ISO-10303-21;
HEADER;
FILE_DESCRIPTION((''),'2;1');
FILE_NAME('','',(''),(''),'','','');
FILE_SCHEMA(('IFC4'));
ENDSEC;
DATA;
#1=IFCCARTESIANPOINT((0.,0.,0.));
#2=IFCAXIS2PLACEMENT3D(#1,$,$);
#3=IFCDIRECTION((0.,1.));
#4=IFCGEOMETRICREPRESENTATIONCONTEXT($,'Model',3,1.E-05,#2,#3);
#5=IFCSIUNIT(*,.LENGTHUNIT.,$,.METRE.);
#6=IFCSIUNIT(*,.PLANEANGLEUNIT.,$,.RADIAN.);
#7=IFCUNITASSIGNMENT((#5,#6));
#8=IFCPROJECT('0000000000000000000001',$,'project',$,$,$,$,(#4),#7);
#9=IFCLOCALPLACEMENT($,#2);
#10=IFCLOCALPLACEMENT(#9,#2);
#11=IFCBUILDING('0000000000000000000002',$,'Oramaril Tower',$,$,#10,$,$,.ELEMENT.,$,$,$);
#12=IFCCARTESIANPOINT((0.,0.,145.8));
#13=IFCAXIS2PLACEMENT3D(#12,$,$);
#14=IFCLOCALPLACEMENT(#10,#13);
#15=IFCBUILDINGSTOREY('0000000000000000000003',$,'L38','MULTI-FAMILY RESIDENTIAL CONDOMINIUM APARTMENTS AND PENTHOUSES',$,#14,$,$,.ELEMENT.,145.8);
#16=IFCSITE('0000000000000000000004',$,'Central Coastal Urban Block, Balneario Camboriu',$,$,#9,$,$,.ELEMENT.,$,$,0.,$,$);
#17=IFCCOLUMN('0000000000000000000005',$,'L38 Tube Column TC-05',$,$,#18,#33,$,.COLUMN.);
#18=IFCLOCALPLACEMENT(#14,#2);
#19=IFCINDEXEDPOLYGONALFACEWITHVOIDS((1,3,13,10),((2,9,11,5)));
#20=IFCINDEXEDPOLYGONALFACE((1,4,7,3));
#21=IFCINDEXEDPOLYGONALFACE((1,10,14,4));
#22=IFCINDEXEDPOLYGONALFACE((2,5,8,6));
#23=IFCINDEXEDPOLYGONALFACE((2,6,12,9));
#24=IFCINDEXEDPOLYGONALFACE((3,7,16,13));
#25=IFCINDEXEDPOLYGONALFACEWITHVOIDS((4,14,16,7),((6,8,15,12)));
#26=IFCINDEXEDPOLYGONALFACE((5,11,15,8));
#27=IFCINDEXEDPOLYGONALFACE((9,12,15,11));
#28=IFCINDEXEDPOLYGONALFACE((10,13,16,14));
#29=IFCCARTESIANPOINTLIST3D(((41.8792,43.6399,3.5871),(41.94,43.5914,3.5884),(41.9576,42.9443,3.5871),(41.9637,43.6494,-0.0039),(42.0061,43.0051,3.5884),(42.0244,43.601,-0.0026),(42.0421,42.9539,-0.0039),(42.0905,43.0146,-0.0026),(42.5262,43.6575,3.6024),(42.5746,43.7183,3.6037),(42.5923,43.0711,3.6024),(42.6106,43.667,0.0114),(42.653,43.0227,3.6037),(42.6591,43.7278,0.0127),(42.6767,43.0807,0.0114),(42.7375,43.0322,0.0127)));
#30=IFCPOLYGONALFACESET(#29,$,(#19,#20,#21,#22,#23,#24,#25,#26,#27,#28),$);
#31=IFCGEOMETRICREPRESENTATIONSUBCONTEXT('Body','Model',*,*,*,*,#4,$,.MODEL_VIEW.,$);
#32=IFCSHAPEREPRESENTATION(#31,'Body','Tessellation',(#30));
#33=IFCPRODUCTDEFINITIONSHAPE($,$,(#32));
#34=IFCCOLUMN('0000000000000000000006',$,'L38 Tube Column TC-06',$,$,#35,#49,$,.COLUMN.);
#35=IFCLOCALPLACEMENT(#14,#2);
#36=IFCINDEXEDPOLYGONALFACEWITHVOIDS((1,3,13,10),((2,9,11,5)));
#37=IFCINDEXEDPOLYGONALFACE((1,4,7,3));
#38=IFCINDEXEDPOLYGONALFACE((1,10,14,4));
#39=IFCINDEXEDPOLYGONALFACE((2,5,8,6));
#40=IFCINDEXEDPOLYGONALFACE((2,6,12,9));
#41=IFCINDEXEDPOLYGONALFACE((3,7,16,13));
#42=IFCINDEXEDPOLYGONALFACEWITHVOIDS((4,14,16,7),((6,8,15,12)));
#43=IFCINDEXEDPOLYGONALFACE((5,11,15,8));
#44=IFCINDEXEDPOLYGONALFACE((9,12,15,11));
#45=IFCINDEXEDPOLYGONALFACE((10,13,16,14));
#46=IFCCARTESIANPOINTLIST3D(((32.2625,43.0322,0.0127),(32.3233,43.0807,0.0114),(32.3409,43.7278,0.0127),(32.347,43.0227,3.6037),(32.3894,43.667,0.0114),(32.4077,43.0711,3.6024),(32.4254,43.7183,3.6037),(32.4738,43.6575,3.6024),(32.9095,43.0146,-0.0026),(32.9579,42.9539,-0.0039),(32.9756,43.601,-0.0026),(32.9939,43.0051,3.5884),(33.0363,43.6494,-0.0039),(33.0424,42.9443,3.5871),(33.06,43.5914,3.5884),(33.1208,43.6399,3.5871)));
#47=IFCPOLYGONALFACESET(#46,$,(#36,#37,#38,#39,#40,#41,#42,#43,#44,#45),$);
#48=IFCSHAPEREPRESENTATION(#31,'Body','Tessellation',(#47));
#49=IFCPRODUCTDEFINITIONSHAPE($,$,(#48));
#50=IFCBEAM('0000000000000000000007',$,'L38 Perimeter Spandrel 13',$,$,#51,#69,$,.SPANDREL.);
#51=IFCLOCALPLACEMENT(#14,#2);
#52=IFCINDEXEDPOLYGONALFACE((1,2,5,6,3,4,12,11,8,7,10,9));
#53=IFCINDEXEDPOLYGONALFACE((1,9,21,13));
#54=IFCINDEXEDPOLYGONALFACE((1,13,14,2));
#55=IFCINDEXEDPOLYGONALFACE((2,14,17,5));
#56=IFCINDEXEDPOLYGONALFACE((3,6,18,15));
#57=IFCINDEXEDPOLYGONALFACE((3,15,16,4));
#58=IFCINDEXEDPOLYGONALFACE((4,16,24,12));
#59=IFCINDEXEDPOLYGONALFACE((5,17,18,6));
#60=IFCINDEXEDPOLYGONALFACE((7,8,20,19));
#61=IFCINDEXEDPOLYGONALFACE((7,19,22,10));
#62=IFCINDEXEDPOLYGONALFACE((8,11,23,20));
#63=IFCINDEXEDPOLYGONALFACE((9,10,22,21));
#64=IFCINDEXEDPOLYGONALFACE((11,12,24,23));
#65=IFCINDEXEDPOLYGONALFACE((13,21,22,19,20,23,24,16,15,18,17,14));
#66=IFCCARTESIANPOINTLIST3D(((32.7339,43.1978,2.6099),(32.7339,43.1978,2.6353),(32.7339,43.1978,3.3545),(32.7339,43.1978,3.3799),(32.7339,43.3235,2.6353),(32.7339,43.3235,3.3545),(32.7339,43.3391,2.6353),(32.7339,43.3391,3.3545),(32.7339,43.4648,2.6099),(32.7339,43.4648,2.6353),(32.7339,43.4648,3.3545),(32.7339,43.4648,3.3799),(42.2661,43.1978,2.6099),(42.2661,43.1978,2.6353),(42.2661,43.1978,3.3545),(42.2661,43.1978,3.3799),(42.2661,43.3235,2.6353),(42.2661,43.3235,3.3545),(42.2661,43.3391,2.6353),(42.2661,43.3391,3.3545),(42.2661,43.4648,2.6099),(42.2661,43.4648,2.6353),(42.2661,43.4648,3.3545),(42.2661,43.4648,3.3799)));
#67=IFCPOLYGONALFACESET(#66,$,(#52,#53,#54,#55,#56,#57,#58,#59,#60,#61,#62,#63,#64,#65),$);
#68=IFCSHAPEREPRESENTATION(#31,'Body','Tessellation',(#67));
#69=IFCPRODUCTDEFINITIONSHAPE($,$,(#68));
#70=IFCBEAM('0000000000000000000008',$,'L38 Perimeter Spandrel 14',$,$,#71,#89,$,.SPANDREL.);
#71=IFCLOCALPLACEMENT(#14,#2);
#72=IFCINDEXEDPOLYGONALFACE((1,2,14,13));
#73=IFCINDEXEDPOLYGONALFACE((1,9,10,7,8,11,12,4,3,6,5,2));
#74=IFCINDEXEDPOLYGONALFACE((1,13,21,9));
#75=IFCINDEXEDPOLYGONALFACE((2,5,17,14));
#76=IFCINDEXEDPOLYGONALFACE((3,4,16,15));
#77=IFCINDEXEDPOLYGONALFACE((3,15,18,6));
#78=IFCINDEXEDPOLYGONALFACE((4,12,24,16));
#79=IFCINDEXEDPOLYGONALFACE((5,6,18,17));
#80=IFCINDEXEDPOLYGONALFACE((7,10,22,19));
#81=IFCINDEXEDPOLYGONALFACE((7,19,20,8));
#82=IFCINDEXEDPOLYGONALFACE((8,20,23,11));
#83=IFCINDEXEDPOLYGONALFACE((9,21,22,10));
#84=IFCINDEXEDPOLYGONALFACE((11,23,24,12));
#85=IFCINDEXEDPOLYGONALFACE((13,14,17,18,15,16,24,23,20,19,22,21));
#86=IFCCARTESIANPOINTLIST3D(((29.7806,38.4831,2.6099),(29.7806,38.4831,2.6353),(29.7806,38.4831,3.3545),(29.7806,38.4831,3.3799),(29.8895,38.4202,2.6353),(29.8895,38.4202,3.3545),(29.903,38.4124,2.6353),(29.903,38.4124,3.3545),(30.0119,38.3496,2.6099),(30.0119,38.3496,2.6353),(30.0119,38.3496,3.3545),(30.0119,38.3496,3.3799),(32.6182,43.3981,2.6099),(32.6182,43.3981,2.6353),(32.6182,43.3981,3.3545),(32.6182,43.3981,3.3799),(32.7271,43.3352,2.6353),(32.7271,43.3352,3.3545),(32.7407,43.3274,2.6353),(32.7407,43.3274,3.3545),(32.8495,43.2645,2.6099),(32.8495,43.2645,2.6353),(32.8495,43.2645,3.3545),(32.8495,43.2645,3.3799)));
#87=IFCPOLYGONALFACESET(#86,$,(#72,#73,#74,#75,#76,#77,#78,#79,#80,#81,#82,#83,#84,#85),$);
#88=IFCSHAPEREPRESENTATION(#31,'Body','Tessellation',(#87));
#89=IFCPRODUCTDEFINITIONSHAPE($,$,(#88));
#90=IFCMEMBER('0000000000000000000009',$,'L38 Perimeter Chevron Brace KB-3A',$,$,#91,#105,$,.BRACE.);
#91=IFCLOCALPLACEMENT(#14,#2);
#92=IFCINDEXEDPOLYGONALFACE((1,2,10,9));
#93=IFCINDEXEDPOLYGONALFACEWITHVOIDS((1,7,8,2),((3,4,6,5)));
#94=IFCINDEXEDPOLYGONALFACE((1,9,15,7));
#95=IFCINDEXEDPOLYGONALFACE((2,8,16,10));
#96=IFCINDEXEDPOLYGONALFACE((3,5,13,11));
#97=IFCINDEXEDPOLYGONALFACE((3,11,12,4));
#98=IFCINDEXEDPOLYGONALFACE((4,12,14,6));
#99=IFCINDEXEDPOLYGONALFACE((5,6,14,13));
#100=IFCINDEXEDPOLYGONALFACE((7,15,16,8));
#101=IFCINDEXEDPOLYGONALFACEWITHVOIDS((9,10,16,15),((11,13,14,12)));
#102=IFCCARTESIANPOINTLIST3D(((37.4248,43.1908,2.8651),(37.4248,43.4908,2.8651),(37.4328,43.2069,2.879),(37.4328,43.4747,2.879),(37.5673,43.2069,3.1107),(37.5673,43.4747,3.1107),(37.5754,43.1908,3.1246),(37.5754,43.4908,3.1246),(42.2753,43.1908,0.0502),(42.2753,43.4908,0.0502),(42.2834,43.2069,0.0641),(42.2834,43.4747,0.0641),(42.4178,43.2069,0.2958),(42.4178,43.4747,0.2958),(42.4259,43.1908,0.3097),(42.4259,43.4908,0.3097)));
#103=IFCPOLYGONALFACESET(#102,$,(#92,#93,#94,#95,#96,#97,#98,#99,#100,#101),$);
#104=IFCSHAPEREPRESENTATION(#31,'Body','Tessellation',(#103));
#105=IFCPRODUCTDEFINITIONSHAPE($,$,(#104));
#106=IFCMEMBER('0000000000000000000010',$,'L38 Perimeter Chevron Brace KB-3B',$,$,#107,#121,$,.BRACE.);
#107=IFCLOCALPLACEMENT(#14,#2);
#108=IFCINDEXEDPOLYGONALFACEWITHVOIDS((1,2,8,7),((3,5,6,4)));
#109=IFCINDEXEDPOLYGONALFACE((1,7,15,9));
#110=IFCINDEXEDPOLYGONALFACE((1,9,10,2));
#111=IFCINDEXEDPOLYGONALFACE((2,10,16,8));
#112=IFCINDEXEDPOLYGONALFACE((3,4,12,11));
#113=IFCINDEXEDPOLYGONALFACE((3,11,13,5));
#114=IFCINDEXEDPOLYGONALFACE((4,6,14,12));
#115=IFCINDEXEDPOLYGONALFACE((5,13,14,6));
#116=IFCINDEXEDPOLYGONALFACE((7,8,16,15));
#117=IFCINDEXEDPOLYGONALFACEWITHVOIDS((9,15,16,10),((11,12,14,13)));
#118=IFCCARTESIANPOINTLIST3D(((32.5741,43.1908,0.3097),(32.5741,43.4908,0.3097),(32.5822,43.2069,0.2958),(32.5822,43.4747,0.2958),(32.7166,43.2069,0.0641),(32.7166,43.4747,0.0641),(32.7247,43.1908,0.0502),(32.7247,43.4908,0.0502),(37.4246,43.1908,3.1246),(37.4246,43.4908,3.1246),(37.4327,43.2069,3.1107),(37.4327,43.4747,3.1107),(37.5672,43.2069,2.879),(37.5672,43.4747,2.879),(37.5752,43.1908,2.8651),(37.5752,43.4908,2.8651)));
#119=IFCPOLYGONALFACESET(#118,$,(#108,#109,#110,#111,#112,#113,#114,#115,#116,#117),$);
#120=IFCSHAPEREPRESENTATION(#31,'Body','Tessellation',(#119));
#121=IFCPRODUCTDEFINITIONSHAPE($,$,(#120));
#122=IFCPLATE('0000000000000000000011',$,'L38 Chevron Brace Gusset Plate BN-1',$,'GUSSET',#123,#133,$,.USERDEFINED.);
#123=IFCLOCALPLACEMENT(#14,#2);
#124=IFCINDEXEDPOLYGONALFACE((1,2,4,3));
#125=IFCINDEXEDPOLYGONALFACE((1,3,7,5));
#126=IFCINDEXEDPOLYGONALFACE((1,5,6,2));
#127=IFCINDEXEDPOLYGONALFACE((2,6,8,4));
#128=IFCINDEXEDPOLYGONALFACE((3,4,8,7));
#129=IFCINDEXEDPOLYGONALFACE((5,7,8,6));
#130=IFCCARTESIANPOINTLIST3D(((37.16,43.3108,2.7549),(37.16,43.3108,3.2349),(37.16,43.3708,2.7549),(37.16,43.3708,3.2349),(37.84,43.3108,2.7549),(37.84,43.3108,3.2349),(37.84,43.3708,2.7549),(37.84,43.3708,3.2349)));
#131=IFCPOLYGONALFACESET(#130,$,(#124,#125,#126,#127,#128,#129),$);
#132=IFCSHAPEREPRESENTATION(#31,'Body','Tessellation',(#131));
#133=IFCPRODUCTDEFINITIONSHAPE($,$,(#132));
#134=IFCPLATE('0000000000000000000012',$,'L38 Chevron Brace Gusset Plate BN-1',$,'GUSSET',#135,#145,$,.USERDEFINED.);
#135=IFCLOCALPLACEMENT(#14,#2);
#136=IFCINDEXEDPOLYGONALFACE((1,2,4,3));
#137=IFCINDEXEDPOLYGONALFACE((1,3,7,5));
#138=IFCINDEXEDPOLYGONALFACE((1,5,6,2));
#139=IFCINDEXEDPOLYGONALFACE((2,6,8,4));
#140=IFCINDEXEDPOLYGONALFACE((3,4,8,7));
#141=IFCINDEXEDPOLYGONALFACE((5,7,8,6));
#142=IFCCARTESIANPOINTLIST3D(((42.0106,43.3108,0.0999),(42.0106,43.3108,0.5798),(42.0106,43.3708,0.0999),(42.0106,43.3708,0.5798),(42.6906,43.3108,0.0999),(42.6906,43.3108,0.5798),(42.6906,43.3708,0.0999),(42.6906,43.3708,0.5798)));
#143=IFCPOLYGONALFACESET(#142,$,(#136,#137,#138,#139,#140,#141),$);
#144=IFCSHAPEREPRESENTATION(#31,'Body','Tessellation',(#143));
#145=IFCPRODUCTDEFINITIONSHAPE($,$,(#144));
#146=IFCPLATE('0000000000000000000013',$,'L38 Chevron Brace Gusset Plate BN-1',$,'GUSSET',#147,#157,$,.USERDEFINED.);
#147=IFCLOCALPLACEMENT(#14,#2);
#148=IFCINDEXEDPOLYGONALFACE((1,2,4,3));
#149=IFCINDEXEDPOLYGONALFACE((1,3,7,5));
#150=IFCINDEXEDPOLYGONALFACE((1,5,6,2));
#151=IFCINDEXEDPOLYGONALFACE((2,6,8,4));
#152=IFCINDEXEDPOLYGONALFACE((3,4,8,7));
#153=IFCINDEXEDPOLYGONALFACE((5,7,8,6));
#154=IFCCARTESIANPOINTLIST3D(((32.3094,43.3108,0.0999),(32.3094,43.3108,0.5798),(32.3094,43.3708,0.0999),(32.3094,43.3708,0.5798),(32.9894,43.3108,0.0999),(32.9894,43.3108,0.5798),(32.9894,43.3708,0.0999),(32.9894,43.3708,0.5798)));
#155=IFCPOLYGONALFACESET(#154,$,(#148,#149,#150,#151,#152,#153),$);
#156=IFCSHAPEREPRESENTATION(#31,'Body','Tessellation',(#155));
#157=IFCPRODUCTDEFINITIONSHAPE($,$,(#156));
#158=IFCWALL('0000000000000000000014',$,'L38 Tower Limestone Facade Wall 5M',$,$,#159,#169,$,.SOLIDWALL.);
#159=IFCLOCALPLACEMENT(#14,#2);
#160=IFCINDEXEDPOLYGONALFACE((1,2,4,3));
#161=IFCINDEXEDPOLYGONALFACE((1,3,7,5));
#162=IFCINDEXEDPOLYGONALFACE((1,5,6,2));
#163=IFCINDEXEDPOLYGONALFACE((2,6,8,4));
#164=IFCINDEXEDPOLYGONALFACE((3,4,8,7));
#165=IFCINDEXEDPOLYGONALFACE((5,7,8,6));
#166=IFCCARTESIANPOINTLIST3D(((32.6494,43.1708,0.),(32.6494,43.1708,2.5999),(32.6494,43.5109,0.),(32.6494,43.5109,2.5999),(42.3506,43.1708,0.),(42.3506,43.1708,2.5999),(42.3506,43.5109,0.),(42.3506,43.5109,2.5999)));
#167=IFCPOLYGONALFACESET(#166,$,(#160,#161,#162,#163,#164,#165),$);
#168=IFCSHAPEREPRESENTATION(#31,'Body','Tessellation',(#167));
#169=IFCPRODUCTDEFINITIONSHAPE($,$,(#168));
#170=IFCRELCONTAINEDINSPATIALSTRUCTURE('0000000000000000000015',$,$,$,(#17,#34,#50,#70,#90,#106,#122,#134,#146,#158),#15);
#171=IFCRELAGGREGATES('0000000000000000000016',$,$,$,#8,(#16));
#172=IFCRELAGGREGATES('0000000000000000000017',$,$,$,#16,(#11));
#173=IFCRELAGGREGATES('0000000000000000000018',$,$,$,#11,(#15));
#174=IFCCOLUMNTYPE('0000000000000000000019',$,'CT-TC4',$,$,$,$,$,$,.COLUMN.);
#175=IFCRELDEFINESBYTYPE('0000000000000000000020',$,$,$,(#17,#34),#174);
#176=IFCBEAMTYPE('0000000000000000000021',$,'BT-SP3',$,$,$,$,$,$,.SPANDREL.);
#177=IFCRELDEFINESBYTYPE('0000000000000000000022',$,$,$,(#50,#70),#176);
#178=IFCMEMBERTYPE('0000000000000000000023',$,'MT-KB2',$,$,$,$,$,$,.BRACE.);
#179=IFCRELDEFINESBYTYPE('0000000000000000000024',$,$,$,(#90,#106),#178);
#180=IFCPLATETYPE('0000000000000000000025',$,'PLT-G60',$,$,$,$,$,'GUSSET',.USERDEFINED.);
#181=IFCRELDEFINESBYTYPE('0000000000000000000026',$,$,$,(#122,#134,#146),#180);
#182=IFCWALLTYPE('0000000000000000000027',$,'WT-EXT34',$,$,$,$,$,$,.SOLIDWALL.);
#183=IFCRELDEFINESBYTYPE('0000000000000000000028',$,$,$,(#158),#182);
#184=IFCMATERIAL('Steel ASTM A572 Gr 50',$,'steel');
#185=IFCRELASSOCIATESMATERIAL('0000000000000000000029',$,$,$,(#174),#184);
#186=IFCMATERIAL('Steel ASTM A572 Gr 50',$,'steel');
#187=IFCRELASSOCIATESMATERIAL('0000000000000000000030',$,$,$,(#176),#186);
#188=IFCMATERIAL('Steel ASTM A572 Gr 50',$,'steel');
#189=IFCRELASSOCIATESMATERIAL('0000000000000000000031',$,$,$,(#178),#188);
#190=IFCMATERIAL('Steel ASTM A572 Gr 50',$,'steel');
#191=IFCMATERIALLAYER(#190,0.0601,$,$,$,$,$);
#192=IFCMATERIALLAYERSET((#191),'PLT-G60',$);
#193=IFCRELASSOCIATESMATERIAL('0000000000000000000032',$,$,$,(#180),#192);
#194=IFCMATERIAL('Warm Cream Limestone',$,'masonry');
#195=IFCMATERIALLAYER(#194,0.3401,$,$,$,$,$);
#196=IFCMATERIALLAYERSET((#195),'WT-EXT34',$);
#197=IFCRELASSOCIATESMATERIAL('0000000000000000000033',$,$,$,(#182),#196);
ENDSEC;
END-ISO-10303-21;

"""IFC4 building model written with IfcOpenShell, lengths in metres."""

from ifc_helpers import new_model, si_unit, direction, frame, frame_2d, origin, origin_2d, place, context, subcontext, project, spatial, rectangle, hollow_rectangle, i_section, extrude, material, layer, layer_set, material_profile, profile_set, type_object, element, save


model = new_model("IFC4")

# Units and contexts
model_context = context("Model", 3, precision=1e-05, world=origin(), true_north=direction((0.0, 1.0)))
body_context = subcontext(model_context, "Body", "Model", "MODEL_VIEW")
ifc_project = project(units=[si_unit("LENGTHUNIT", "METRE"), si_unit("PLANEANGLEUNIT", "RADIAN")], contexts=[model_context])

# Site, building, storey
site_placement = place(None, origin())
site = spatial("IfcSite", under=ifc_project, at=site_placement, Name="Central Coastal Urban Block, Balneario Camboriu", CompositionType="ELEMENT", RefElevation=0.0)
building_placement = place(site_placement, origin())
building = spatial("IfcBuilding", under=site, at=building_placement, Name="Oramaril Tower", CompositionType="ELEMENT")
storey_placement = place(building_placement, frame((0.0, 0.0, 145.8)))
storey = spatial("IfcBuildingStorey", under=building, at=storey_placement, Name="L38", Description="MULTI-FAMILY RESIDENTIAL CONDOMINIUM APARTMENTS AND PENTHOUSES", CompositionType="ELEMENT", Elevation=145.8)

# Columns
ifc_material_1 = material(Name="Steel ASTM A572 Gr 50", Category="steel")
ifc_material_profile_1 = material_profile(ifc_material_1, hollow_rectangle(XDim=0.7, YDim=0.7, WallThickness=0.0549, at=origin_2d()), Name="BOX700X700X55")
ifc_profile_set_1 = profile_set([ifc_material_profile_1], Name="Steel ASTM A572 Gr 50")
column_type = type_object("IfcColumnType", Name="CT-TC4", PredefinedType="COLUMN", material=ifc_profile_set_1)
for number, where, z_axis, x_axis, name in (
    (1, (42.3506, 43.3408, 0.0044), (-0.023516, -0.002651, 0.99972), (0.112007, -0.993707, 0.0), "L38 Tube Column TC-05"),
    (2, (32.6494, 43.3408, 0.0044), (0.023516, -0.002651, 0.99972), (0.112007, 0.993707, 0.0), "L38 Tube Column TC-06"),
):
    element("IfcColumn", number, at=place(storey_placement, frame(where, z_axis=z_axis, x_axis=x_axis)), inside=storey, type_object=column_type, Name=name, PredefinedType="COLUMN", context=body_context, shape_type="SweptSolid", body=[
        extrude(hollow_rectangle(XDim=0.7, YDim=0.7, WallThickness=0.0549, at=origin_2d()), origin(), (0.0, 0.0, 1.0), 3.592),
    ])

# Beams
ifc_material_2 = material(Name="Steel ASTM A572 Gr 50", Category="steel")
ifc_material_profile_2 = material_profile(ifc_material_2, i_section(OverallWidth=0.2671, OverallDepth=0.77, WebThickness=0.0156, FlangeThickness=0.0254, at=origin_2d()), Name="W30X132")
ifc_profile_set_2 = profile_set([ifc_material_profile_2], Name="Steel ASTM A572 Gr 50")
beam_type = type_object("IfcBeamType", Name="BT-SP3", PredefinedType="SPANDREL", material=ifc_profile_set_2)
beam_1_placement = place(storey_placement, frame((42.2661, 43.3313, 2.9949), z_axis=(-1.0, 0.0, 0.0), x_axis=(0.0, -1.0, 0.0)))
element("IfcBeam", 3, at=beam_1_placement, inside=storey, type_object=beam_type, Name="L38 Perimeter Spandrel 13", PredefinedType="SPANDREL", context=body_context, shape_type="SweptSolid", body=[
    extrude(i_section(OverallWidth=0.2671, OverallDepth=0.77, WebThickness=0.0156, FlangeThickness=0.0254, at=origin_2d()), origin(), (0.0, 0.0, 1.0), 9.5322),
])
beam_2_placement = place(storey_placement, frame((32.7339, 43.3313, 2.9949), z_axis=(-0.499993, -0.866029, 0.0), x_axis=(0.866029, -0.499993, 0.0)))
element("IfcBeam", 4, at=beam_2_placement, inside=storey, type_object=beam_type, Name="L38 Perimeter Spandrel 14", PredefinedType="SPANDREL", context=body_context, shape_type="SweptSolid", body=[
    extrude(i_section(OverallWidth=0.2671, OverallDepth=0.77, WebThickness=0.0156, FlangeThickness=0.0254, at=origin_2d()), origin(), (0.0, 0.0, 1.0), 5.6753),
])

# Members
ifc_material_3 = material(Name="Steel ASTM A572 Gr 50", Category="steel")
ifc_material_profile_3 = material_profile(ifc_material_3, hollow_rectangle(XDim=0.3, YDim=0.3, WallThickness=0.0161, at=origin_2d()), Name="HSS300X300X16")
ifc_profile_set_3 = profile_set([ifc_material_profile_3], Name="Steel ASTM A572 Gr 50")
member_type = type_object("IfcMemberType", Name="MT-KB2", PredefinedType="BRACE", material=ifc_profile_set_3)
for number, where, z_axis, x_axis, name in (
    (5, (42.3506, 43.3408, 0.1799), (-0.864907, 0.0, 0.501932), (0.0, -1.0, 0.0), "L38 Perimeter Chevron Brace KB-3A"),
    (6, (32.6494, 43.3408, 0.1799), (0.864907, 0.0, 0.501932), (0.0, 1.0, 0.0), "L38 Perimeter Chevron Brace KB-3B"),
):
    element("IfcMember", number, at=place(storey_placement, frame(where, z_axis=z_axis, x_axis=x_axis)), inside=storey, type_object=member_type, Name=name, PredefinedType="BRACE", context=body_context, shape_type="SweptSolid", body=[
        extrude(hollow_rectangle(XDim=0.3, YDim=0.3, WallThickness=0.0161, at=origin_2d()), origin(), (0.0, 0.0, 1.0), 5.6082),
    ])

# Plates
ifc_material_4 = material(Name="Steel ASTM A572 Gr 50", Category="steel")
ifc_layer_1 = layer(ifc_material_4, 0.0601)
ifc_layer_set_1 = layer_set([ifc_layer_1], Name="PLT-G60")
plate_type = type_object("IfcPlateType", Name="PLT-G60", ElementType="GUSSET", PredefinedType="USERDEFINED", material=ifc_layer_set_1)
for number, where, z_axis, x_axis, name in (
    (7, (37.5, 43.3408, 2.7549), (0.0, 0.0, 1.0), (-1.0, 0.0, 0.0), "L38 Chevron Brace Gusset Plate BN-1"),
    (8, (42.3506, 43.3408, 0.0999), (0.0, 0.0, 1.0), (-1.0, 0.0, 0.0), "L38 Chevron Brace Gusset Plate BN-1"),
    (9, (32.6494, 43.3408, 0.0999), (0.0, 0.0, 1.0), (-1.0, 0.0, 0.0), "L38 Chevron Brace Gusset Plate BN-1"),
):
    element("IfcPlate", number, at=place(storey_placement, frame(where, z_axis=z_axis, x_axis=x_axis)), inside=storey, type_object=plate_type, Name=name, ObjectType="GUSSET", PredefinedType="USERDEFINED", context=body_context, shape_type="SweptSolid", body=[
        extrude(rectangle(XDim=0.6799, YDim=0.0601, at=origin_2d()), origin(), (0.0, 0.0, 1.0), 0.48),
    ])

# Wall
ifc_material_5 = material(Name="Warm Cream Limestone", Category="masonry")
ifc_layer_2 = layer(ifc_material_5, 0.3401)
ifc_layer_set_2 = layer_set([ifc_layer_2], Name="WT-EXT34")
wall_type_1 = type_object("IfcWallType", Name="WT-EXT34", PredefinedType="SOLIDWALL", material=ifc_layer_set_2)
wall_1_placement = place(storey_placement, frame((42.3506, 43.3408, 0.0), z_axis=(0.0, 0.0, 1.0), x_axis=(-1.0, 0.0, 0.0)))
element("IfcWall", 10, at=wall_1_placement, inside=storey, type_object=wall_type_1, Name="L38 Tower Limestone Facade Wall 5M", PredefinedType="SOLIDWALL", context=body_context, shape_type="SweptSolid", body=[
    extrude(rectangle(XDim=9.7012, YDim=0.3401, at=frame_2d((4.8506, 0.0))), origin(), (0.0, 0.0, 1.0), 2.5999),
])

save(model, "model.ifc")
